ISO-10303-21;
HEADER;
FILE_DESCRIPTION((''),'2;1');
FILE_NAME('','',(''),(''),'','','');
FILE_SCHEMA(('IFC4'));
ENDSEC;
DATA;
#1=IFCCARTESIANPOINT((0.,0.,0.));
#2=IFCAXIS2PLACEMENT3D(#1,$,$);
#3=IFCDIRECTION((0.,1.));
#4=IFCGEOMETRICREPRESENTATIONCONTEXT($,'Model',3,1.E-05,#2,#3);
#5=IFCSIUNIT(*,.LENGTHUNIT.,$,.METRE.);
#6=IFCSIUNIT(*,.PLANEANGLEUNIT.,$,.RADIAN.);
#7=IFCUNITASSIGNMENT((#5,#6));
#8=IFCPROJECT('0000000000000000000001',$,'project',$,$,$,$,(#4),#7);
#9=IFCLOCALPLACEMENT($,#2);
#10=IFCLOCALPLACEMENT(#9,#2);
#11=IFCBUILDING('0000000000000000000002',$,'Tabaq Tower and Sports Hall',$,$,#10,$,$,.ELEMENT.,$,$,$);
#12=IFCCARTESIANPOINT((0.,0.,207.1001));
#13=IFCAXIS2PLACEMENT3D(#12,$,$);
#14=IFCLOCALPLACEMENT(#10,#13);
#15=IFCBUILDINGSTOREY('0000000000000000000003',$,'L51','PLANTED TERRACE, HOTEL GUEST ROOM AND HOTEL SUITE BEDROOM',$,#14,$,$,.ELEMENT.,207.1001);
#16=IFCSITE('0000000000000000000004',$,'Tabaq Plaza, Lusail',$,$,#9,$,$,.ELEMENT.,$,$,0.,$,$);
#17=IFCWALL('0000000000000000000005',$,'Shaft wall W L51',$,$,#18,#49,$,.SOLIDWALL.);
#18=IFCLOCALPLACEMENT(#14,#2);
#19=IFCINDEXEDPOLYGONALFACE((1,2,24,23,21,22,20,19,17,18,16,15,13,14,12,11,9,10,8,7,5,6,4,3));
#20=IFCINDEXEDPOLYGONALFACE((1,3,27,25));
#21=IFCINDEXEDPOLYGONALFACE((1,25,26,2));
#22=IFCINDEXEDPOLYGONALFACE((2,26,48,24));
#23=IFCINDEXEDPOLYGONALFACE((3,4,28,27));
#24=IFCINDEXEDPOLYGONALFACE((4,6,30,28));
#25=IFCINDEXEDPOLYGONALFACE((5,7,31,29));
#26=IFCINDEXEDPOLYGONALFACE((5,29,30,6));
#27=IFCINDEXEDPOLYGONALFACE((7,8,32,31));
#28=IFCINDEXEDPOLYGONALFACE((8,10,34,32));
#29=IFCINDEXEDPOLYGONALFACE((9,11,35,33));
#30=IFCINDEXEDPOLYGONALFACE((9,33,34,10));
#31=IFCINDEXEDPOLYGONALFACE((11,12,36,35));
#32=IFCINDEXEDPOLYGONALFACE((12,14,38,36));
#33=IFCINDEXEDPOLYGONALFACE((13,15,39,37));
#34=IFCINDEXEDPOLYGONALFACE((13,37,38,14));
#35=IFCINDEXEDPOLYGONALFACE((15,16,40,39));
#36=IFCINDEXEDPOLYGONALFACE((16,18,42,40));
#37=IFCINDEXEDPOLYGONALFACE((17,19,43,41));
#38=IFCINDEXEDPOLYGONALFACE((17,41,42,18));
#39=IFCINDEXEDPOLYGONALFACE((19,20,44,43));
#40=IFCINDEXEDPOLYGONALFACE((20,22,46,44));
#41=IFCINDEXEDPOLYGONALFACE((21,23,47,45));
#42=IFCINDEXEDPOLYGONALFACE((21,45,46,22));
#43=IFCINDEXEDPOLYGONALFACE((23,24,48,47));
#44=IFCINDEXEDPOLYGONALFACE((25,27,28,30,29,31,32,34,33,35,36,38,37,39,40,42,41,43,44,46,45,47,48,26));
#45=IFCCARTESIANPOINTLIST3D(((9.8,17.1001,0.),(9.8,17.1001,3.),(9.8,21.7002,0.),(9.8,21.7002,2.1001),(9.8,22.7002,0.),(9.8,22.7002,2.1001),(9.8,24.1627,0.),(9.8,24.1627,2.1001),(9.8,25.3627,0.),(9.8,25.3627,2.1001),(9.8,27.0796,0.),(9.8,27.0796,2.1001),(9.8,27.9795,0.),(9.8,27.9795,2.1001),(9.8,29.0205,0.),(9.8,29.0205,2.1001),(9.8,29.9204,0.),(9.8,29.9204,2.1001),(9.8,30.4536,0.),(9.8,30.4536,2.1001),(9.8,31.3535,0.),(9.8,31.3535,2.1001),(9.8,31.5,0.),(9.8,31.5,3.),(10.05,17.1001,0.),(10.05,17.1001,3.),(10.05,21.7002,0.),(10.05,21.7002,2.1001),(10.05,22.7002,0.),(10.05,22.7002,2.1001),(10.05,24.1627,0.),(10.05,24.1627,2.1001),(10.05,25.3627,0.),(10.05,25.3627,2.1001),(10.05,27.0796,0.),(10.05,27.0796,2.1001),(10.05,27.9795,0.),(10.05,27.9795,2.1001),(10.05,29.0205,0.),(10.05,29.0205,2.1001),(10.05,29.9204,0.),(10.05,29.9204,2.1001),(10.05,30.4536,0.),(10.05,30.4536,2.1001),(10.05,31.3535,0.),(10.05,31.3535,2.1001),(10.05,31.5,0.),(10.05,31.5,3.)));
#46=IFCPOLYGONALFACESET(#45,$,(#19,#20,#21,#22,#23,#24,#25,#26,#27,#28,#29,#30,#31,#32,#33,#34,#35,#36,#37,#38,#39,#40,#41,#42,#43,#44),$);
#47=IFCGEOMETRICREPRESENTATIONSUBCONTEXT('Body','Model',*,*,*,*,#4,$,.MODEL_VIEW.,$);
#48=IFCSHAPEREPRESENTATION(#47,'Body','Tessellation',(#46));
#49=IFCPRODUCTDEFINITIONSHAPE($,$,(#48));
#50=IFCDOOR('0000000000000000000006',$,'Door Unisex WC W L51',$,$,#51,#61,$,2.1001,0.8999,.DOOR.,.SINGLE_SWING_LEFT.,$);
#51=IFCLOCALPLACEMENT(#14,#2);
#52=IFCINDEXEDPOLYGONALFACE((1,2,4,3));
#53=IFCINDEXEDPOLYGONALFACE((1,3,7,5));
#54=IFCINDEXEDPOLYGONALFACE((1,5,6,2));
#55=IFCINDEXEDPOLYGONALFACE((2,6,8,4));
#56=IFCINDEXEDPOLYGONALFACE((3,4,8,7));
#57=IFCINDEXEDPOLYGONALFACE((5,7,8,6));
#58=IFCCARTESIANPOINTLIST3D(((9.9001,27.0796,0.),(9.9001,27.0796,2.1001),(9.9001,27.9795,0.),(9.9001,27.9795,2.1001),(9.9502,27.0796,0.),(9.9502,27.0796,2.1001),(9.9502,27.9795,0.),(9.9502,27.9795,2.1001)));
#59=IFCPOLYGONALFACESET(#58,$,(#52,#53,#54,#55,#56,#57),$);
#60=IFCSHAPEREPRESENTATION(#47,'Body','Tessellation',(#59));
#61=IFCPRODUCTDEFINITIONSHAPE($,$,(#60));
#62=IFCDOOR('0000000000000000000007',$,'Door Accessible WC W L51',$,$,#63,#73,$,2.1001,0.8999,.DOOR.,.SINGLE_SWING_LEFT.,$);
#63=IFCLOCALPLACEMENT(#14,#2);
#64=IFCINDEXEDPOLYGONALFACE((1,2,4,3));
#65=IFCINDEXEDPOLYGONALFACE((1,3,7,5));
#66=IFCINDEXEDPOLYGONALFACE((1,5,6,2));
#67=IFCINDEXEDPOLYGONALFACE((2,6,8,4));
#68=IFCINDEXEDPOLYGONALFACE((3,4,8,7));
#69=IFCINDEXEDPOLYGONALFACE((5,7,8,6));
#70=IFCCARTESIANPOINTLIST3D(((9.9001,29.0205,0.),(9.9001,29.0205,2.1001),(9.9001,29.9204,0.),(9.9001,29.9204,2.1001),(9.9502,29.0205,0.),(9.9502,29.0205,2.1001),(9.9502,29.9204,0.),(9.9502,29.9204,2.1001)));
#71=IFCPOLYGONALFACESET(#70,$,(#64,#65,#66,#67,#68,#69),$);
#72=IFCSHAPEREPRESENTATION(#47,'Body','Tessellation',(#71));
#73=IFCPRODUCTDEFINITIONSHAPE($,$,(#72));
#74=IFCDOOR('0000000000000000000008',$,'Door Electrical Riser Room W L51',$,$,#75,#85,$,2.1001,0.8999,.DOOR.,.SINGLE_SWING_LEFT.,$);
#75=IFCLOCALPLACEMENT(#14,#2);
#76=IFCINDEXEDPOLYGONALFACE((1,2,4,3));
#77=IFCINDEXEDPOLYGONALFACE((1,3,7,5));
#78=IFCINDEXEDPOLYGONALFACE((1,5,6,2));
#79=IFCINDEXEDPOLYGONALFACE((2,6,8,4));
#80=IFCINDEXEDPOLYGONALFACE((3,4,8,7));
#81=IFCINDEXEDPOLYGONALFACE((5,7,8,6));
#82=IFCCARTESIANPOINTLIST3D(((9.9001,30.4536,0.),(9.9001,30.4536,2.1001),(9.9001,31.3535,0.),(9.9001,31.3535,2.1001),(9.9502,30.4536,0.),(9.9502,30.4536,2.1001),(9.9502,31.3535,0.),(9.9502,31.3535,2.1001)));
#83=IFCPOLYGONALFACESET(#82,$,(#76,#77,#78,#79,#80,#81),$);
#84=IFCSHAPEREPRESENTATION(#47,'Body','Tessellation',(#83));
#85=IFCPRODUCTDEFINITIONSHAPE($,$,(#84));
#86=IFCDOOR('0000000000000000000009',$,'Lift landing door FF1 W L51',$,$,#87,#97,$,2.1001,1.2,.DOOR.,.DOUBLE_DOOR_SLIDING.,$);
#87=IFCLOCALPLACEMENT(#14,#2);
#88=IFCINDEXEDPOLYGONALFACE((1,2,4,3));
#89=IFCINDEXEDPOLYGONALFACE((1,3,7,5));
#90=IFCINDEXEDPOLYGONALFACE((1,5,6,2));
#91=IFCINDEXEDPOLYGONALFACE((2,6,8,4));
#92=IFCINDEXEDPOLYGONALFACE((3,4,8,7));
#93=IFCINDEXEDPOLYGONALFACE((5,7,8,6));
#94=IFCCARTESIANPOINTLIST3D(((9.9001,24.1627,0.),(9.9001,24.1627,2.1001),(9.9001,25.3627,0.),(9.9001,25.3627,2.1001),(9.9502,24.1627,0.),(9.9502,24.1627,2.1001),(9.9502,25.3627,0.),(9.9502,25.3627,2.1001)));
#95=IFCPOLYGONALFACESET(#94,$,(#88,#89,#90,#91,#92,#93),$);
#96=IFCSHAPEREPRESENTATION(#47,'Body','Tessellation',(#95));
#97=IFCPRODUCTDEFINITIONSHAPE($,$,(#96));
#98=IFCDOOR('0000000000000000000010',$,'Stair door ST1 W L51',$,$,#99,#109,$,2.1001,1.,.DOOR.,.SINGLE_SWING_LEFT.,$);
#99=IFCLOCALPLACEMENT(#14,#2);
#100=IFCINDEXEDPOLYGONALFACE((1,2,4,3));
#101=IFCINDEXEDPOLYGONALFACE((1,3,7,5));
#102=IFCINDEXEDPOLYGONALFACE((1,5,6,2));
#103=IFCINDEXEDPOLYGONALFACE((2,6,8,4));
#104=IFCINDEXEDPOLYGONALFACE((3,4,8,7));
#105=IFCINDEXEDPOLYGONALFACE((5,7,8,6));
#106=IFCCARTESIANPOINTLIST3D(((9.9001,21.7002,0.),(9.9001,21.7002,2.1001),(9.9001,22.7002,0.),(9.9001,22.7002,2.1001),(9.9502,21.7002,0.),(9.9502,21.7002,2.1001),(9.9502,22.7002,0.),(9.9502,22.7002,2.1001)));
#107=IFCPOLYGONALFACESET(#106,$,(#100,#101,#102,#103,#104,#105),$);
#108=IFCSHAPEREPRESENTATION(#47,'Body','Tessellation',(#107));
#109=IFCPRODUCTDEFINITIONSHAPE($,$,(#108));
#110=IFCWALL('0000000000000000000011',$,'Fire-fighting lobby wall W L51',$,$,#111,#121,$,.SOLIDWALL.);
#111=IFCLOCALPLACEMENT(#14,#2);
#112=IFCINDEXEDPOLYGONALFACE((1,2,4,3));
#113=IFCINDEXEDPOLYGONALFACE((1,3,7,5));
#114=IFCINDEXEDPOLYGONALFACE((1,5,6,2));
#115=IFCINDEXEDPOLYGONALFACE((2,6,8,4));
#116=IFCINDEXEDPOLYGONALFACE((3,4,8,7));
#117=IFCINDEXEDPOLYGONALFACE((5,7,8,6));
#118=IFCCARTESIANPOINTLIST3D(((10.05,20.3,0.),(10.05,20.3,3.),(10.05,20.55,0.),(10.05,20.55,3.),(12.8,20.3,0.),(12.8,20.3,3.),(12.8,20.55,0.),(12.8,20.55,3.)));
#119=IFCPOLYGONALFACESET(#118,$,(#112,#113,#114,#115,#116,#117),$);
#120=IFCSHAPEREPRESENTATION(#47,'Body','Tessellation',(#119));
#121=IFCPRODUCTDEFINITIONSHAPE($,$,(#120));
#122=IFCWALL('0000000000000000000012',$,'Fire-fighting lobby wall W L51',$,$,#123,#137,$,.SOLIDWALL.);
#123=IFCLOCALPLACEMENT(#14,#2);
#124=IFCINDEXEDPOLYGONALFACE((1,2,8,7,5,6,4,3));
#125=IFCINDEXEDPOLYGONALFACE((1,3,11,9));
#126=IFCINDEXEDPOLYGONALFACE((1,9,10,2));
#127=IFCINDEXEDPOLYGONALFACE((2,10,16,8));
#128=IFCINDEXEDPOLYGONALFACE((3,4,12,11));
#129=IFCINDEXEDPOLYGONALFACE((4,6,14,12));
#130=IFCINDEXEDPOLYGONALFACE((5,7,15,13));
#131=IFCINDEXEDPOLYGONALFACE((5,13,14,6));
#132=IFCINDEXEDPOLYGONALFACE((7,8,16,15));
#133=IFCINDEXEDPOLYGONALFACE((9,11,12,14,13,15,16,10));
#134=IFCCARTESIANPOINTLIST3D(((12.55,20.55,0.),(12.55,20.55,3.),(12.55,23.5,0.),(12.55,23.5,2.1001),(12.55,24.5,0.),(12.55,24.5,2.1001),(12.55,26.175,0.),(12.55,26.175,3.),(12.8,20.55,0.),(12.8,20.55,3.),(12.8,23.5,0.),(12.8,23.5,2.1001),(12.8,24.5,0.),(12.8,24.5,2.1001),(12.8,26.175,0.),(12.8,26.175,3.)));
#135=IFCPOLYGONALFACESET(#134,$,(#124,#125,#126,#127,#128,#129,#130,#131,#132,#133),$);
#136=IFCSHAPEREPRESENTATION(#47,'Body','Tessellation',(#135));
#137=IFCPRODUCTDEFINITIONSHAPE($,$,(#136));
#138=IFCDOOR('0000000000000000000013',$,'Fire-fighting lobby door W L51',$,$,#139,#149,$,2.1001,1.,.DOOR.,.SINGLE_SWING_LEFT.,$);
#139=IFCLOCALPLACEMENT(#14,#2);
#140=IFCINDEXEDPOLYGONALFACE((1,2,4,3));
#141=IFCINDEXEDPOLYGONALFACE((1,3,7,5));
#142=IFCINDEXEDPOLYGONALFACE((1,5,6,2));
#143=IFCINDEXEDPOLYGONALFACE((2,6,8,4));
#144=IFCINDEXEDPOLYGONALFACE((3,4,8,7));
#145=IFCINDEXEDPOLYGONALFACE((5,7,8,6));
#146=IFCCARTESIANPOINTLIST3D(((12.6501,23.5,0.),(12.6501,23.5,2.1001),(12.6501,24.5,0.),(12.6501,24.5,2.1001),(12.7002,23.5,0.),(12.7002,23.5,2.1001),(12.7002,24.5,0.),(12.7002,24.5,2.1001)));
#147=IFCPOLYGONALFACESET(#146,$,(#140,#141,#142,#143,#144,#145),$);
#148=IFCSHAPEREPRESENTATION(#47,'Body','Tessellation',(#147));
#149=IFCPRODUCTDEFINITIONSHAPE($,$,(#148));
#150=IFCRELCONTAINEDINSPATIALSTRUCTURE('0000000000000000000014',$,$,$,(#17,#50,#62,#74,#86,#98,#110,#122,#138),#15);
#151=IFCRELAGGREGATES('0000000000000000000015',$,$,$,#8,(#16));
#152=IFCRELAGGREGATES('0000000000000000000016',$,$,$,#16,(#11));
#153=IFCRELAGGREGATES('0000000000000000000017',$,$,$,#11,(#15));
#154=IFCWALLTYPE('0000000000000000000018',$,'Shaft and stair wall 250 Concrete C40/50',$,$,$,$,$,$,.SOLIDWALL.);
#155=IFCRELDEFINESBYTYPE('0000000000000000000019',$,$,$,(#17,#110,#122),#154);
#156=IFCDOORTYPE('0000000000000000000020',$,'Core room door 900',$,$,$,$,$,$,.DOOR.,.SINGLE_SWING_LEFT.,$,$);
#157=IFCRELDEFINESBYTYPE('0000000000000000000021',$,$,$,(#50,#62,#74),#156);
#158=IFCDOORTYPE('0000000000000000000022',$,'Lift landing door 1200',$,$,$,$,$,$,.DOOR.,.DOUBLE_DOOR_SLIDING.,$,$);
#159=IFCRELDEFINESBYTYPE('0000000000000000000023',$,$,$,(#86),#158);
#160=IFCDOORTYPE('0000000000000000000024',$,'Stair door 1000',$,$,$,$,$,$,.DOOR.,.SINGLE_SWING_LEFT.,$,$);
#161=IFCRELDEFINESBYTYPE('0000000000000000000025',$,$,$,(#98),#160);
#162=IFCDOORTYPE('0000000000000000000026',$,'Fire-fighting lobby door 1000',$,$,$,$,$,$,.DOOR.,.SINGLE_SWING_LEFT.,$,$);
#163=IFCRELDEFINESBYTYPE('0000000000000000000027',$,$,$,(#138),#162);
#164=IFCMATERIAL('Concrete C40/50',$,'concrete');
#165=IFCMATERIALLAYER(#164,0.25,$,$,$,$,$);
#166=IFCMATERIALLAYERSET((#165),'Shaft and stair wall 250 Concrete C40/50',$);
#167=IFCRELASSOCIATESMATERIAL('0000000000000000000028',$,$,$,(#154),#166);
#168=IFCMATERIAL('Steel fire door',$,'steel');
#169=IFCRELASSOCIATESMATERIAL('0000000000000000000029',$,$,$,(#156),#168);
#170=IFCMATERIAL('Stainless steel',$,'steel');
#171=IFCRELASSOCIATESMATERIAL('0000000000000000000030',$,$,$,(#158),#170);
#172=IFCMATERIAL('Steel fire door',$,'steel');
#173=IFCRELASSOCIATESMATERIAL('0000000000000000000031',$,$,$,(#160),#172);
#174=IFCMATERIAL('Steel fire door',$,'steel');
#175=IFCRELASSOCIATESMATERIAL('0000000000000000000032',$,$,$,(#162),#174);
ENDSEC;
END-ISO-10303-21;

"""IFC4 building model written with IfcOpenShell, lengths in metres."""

from ifc_helpers import new_model, si_unit, direction, frame, frame_2d, origin, place, context, subcontext, project, spatial, rectangle, extrude, material, layer, layer_set, type_object, element, fill, save


model = new_model("IFC4")

# Units and contexts
model_context = context("Model", 3, precision=1e-05, world=origin(), true_north=direction((0.0, 1.0)))
body_context = subcontext(model_context, "Body", "Model", "MODEL_VIEW")
ifc_project = project(units=[si_unit("LENGTHUNIT", "METRE"), si_unit("PLANEANGLEUNIT", "RADIAN")], contexts=[model_context])

# Site, building, storey
site_placement = place(None, origin())
site = spatial("IfcSite", under=ifc_project, at=site_placement, Name="Tabaq Plaza, Lusail", CompositionType="ELEMENT", RefElevation=0.0)
building_placement = place(site_placement, origin())
building = spatial("IfcBuilding", under=site, at=building_placement, Name="Tabaq Tower and Sports Hall", CompositionType="ELEMENT")
storey_placement = place(building_placement, frame((0.0, 0.0, 207.1001)))
storey = spatial("IfcBuildingStorey", under=building, at=storey_placement, Name="L51", Description="PLANTED TERRACE, HOTEL GUEST ROOM AND HOTEL SUITE BEDROOM", CompositionType="ELEMENT", Elevation=207.1001)

# Wall, openings, doors
ifc_material_1 = material(Name="Concrete C40/50", Category="concrete")
ifc_layer_1 = layer(ifc_material_1, 0.25)
ifc_layer_set_1 = layer_set([ifc_layer_1], Name="Shaft and stair wall 250 Concrete C40/50")
wall_type_1 = type_object("IfcWallType", Name="Shaft and stair wall 250 Concrete C40/50", PredefinedType="SOLIDWALL", material=ifc_layer_set_1)
wall_1_placement = place(storey_placement, frame((9.925, 17.1001, 0.0), z_axis=(0.0, 0.0, 1.0), x_axis=(0.0, 1.0, 0.0)))
wall_1 = element("IfcWall", 1, at=wall_1_placement, inside=storey, type_object=wall_type_1, Name="Shaft wall W L51", PredefinedType="SOLIDWALL", context=body_context, shape_type="SweptSolid", body=[
    extrude(rectangle(XDim=14.3999, YDim=0.25, at=frame_2d((7.2, 0.0))), origin(), (0.0, 0.0, 1.0), 3.0),
])
opening_1_placement = place(wall_1_placement, frame((4.6001, 0.0, 0.0)))
opening_1 = element("IfcOpeningElement", 2, at=opening_1_placement, cuts=wall_1, PredefinedType="OPENING", context=body_context, shape_type="SweptSolid", body=[
    extrude(rectangle(XDim=1.0, YDim=2.1001, at=frame_2d((0.5, 1.05))), frame((0.0, 0.125, 0.0), z_axis=(0.0, -1.0, 0.0), x_axis=(1.0, 0.0, 0.0)), (0.0, 0.0, 1.0), 0.25),
])
opening_2_placement = place(wall_1_placement, frame((7.0625, 0.0, 0.0)))
opening_2 = element("IfcOpeningElement", 3, at=opening_2_placement, cuts=wall_1, PredefinedType="OPENING", context=body_context, shape_type="SweptSolid", body=[
    extrude(rectangle(XDim=1.2, YDim=2.1001, at=frame_2d((0.6001, 1.05))), frame((0.0, 0.125, 0.0), z_axis=(0.0, -1.0, 0.0), x_axis=(1.0, 0.0, 0.0)), (0.0, 0.0, 1.0), 0.25),
])
opening_3_placement = place(wall_1_placement, frame((9.9795, 0.0, 0.0)))
opening_3 = element("IfcOpeningElement", 4, at=opening_3_placement, cuts=wall_1, PredefinedType="OPENING", context=body_context, shape_type="SweptSolid", body=[
    extrude(rectangle(XDim=0.8999, YDim=2.1001, at=frame_2d((0.45, 1.05))), frame((0.0, 0.125, 0.0), z_axis=(0.0, -1.0, 0.0), x_axis=(1.0, 0.0, 0.0)), (0.0, 0.0, 1.0), 0.25),
])
opening_4_placement = place(wall_1_placement, frame((11.9204, 0.0, 0.0)))
opening_4 = element("IfcOpeningElement", 5, at=opening_4_placement, cuts=wall_1, PredefinedType="OPENING", context=body_context, shape_type="SweptSolid", body=[
    extrude(rectangle(XDim=0.8999, YDim=2.1001, at=frame_2d((0.45, 1.05))), frame((0.0, 0.125, 0.0), z_axis=(0.0, -1.0, 0.0), x_axis=(1.0, 0.0, 0.0)), (0.0, 0.0, 1.0), 0.25),
])
opening_5_placement = place(wall_1_placement, frame((13.3535, 0.0, 0.0)))
opening_5 = element("IfcOpeningElement", 6, at=opening_5_placement, cuts=wall_1, PredefinedType="OPENING", context=body_context, shape_type="SweptSolid", body=[
    extrude(rectangle(XDim=0.8999, YDim=2.1001, at=frame_2d((0.45, 1.05))), frame((0.0, 0.125, 0.0), z_axis=(0.0, -1.0, 0.0), x_axis=(1.0, 0.0, 0.0)), (0.0, 0.0, 1.0), 0.25),
])
ifc_material_2 = material(Name="Steel fire door", Category="steel")
door_type_1 = type_object("IfcDoorType", Name="Core room door 900", OperationType="SINGLE_SWING_LEFT", PredefinedType="DOOR", material=ifc_material_2)
door_1_placement = place(opening_3_placement, origin())
door_1 = element("IfcDoor", 7, at=door_1_placement, inside=storey, type_object=door_type_1, Name="Door Unisex WC W L51", OperationType="SINGLE_SWING_LEFT", OverallHeight=2.1001, OverallWidth=0.8999, PredefinedType="DOOR", context=body_context, shape_type="SweptSolid", body=[
    extrude(rectangle(XDim=0.8999, YDim=2.1001, at=frame_2d((0.45, 1.05))), frame((0.0, 0.0249, 0.0), z_axis=(0.0, -1.0, 0.0), x_axis=(1.0, 0.0, 0.0)), (0.0, 0.0, 1.0), 0.05),
])
fill(opening_3, door_1)
door_2_placement = place(opening_4_placement, origin())
door_2 = element("IfcDoor", 8, at=door_2_placement, inside=storey, type_object=door_type_1, Name="Door Accessible WC W L51", OperationType="SINGLE_SWING_LEFT", OverallHeight=2.1001, OverallWidth=0.8999, PredefinedType="DOOR", context=body_context, shape_type="SweptSolid", body=[
    extrude(rectangle(XDim=0.8999, YDim=2.1001, at=frame_2d((0.45, 1.05))), frame((0.0, 0.0249, 0.0), z_axis=(0.0, -1.0, 0.0), x_axis=(1.0, 0.0, 0.0)), (0.0, 0.0, 1.0), 0.05),
])
fill(opening_4, door_2)
door_3_placement = place(opening_5_placement, origin())
door_3 = element("IfcDoor", 9, at=door_3_placement, inside=storey, type_object=door_type_1, Name="Door Electrical Riser Room W L51", OperationType="SINGLE_SWING_LEFT", OverallHeight=2.1001, OverallWidth=0.8999, PredefinedType="DOOR", context=body_context, shape_type="SweptSolid", body=[
    extrude(rectangle(XDim=0.8999, YDim=2.1001, at=frame_2d((0.45, 1.05))), frame((0.0, 0.0249, 0.0), z_axis=(0.0, -1.0, 0.0), x_axis=(1.0, 0.0, 0.0)), (0.0, 0.0, 1.0), 0.05),
])
fill(opening_5, door_3)
ifc_material_3 = material(Name="Stainless steel", Category="steel")
door_type_2 = type_object("IfcDoorType", Name="Lift landing door 1200", OperationType="DOUBLE_DOOR_SLIDING", PredefinedType="DOOR", material=ifc_material_3)
door_4_placement = place(opening_2_placement, origin())
door_4 = element("IfcDoor", 10, at=door_4_placement, inside=storey, type_object=door_type_2, Name="Lift landing door FF1 W L51", OperationType="DOUBLE_DOOR_SLIDING", OverallHeight=2.1001, OverallWidth=1.2, PredefinedType="DOOR", context=body_context, shape_type="SweptSolid", body=[
    extrude(rectangle(XDim=1.2, YDim=2.1001, at=frame_2d((0.6001, 1.05))), frame((0.0, 0.0249, 0.0), z_axis=(0.0, -1.0, 0.0), x_axis=(1.0, 0.0, 0.0)), (0.0, 0.0, 1.0), 0.05),
])
fill(opening_2, door_4)
ifc_material_4 = material(Name="Steel fire door", Category="steel")
door_type_3 = type_object("IfcDoorType", Name="Stair door 1000", OperationType="SINGLE_SWING_LEFT", PredefinedType="DOOR", material=ifc_material_4)
door_5_placement = place(opening_1_placement, origin())
door_5 = element("IfcDoor", 11, at=door_5_placement, inside=storey, type_object=door_type_3, Name="Stair door ST1 W L51", OperationType="SINGLE_SWING_LEFT", OverallHeight=2.1001, OverallWidth=1.0, PredefinedType="DOOR", context=body_context, shape_type="SweptSolid", body=[
    extrude(rectangle(XDim=1.0, YDim=2.1001, at=frame_2d((0.5, 1.05))), frame((0.0, 0.0249, 0.0), z_axis=(0.0, -1.0, 0.0), x_axis=(1.0, 0.0, 0.0)), (0.0, 0.0, 1.0), 0.05),
])
fill(opening_1, door_5)

# Wall
wall_2_placement = place(storey_placement, frame((10.05, 20.425, 0.0), z_axis=(0.0, 0.0, 1.0), x_axis=(1.0, 0.0, 0.0)))
element("IfcWall", 12, at=wall_2_placement, inside=storey, type_object=wall_type_1, Name="Fire-fighting lobby wall W L51", PredefinedType="SOLIDWALL", context=body_context, shape_type="SweptSolid", body=[
    extrude(rectangle(XDim=2.75, YDim=0.25, at=frame_2d((1.375, 0.0))), origin(), (0.0, 0.0, 1.0), 3.0),
])

# Wall, opening, door
wall_3_placement = place(storey_placement, frame((12.675, 20.55, 0.0), z_axis=(0.0, 0.0, 1.0), x_axis=(0.0, 1.0, 0.0)))
wall_3 = element("IfcWall", 13, at=wall_3_placement, inside=storey, type_object=wall_type_1, Name="Fire-fighting lobby wall W L51", PredefinedType="SOLIDWALL", context=body_context, shape_type="SweptSolid", body=[
    extrude(rectangle(XDim=5.625, YDim=0.25, at=frame_2d((2.8125, 0.0))), origin(), (0.0, 0.0, 1.0), 3.0),
])
opening_6_placement = place(wall_3_placement, frame((2.95, 0.0, 0.0)))
opening_6 = element("IfcOpeningElement", 14, at=opening_6_placement, cuts=wall_3, PredefinedType="OPENING", context=body_context, shape_type="SweptSolid", body=[
    extrude(rectangle(XDim=1.0, YDim=2.1001, at=frame_2d((0.5, 1.05))), frame((0.0, 0.125, 0.0), z_axis=(0.0, -1.0, 0.0), x_axis=(1.0, 0.0, 0.0)), (0.0, 0.0, 1.0), 0.25),
])
ifc_material_5 = material(Name="Steel fire door", Category="steel")
door_type_4 = type_object("IfcDoorType", Name="Fire-fighting lobby door 1000", OperationType="SINGLE_SWING_LEFT", PredefinedType="DOOR", material=ifc_material_5)
door_6_placement = place(opening_6_placement, origin())
door_6 = element("IfcDoor", 15, at=door_6_placement, inside=storey, type_object=door_type_4, Name="Fire-fighting lobby door W L51", OperationType="SINGLE_SWING_LEFT", OverallHeight=2.1001, OverallWidth=1.0, PredefinedType="DOOR", context=body_context, shape_type="SweptSolid", body=[
    extrude(rectangle(XDim=1.0, YDim=2.1001, at=frame_2d((0.5, 1.05))), frame((0.0, 0.0249, 0.0), z_axis=(0.0, -1.0, 0.0), x_axis=(1.0, 0.0, 0.0)), (0.0, 0.0, 1.0), 0.05),
])
fill(opening_6, door_6)

save(model, "model.ifc")
